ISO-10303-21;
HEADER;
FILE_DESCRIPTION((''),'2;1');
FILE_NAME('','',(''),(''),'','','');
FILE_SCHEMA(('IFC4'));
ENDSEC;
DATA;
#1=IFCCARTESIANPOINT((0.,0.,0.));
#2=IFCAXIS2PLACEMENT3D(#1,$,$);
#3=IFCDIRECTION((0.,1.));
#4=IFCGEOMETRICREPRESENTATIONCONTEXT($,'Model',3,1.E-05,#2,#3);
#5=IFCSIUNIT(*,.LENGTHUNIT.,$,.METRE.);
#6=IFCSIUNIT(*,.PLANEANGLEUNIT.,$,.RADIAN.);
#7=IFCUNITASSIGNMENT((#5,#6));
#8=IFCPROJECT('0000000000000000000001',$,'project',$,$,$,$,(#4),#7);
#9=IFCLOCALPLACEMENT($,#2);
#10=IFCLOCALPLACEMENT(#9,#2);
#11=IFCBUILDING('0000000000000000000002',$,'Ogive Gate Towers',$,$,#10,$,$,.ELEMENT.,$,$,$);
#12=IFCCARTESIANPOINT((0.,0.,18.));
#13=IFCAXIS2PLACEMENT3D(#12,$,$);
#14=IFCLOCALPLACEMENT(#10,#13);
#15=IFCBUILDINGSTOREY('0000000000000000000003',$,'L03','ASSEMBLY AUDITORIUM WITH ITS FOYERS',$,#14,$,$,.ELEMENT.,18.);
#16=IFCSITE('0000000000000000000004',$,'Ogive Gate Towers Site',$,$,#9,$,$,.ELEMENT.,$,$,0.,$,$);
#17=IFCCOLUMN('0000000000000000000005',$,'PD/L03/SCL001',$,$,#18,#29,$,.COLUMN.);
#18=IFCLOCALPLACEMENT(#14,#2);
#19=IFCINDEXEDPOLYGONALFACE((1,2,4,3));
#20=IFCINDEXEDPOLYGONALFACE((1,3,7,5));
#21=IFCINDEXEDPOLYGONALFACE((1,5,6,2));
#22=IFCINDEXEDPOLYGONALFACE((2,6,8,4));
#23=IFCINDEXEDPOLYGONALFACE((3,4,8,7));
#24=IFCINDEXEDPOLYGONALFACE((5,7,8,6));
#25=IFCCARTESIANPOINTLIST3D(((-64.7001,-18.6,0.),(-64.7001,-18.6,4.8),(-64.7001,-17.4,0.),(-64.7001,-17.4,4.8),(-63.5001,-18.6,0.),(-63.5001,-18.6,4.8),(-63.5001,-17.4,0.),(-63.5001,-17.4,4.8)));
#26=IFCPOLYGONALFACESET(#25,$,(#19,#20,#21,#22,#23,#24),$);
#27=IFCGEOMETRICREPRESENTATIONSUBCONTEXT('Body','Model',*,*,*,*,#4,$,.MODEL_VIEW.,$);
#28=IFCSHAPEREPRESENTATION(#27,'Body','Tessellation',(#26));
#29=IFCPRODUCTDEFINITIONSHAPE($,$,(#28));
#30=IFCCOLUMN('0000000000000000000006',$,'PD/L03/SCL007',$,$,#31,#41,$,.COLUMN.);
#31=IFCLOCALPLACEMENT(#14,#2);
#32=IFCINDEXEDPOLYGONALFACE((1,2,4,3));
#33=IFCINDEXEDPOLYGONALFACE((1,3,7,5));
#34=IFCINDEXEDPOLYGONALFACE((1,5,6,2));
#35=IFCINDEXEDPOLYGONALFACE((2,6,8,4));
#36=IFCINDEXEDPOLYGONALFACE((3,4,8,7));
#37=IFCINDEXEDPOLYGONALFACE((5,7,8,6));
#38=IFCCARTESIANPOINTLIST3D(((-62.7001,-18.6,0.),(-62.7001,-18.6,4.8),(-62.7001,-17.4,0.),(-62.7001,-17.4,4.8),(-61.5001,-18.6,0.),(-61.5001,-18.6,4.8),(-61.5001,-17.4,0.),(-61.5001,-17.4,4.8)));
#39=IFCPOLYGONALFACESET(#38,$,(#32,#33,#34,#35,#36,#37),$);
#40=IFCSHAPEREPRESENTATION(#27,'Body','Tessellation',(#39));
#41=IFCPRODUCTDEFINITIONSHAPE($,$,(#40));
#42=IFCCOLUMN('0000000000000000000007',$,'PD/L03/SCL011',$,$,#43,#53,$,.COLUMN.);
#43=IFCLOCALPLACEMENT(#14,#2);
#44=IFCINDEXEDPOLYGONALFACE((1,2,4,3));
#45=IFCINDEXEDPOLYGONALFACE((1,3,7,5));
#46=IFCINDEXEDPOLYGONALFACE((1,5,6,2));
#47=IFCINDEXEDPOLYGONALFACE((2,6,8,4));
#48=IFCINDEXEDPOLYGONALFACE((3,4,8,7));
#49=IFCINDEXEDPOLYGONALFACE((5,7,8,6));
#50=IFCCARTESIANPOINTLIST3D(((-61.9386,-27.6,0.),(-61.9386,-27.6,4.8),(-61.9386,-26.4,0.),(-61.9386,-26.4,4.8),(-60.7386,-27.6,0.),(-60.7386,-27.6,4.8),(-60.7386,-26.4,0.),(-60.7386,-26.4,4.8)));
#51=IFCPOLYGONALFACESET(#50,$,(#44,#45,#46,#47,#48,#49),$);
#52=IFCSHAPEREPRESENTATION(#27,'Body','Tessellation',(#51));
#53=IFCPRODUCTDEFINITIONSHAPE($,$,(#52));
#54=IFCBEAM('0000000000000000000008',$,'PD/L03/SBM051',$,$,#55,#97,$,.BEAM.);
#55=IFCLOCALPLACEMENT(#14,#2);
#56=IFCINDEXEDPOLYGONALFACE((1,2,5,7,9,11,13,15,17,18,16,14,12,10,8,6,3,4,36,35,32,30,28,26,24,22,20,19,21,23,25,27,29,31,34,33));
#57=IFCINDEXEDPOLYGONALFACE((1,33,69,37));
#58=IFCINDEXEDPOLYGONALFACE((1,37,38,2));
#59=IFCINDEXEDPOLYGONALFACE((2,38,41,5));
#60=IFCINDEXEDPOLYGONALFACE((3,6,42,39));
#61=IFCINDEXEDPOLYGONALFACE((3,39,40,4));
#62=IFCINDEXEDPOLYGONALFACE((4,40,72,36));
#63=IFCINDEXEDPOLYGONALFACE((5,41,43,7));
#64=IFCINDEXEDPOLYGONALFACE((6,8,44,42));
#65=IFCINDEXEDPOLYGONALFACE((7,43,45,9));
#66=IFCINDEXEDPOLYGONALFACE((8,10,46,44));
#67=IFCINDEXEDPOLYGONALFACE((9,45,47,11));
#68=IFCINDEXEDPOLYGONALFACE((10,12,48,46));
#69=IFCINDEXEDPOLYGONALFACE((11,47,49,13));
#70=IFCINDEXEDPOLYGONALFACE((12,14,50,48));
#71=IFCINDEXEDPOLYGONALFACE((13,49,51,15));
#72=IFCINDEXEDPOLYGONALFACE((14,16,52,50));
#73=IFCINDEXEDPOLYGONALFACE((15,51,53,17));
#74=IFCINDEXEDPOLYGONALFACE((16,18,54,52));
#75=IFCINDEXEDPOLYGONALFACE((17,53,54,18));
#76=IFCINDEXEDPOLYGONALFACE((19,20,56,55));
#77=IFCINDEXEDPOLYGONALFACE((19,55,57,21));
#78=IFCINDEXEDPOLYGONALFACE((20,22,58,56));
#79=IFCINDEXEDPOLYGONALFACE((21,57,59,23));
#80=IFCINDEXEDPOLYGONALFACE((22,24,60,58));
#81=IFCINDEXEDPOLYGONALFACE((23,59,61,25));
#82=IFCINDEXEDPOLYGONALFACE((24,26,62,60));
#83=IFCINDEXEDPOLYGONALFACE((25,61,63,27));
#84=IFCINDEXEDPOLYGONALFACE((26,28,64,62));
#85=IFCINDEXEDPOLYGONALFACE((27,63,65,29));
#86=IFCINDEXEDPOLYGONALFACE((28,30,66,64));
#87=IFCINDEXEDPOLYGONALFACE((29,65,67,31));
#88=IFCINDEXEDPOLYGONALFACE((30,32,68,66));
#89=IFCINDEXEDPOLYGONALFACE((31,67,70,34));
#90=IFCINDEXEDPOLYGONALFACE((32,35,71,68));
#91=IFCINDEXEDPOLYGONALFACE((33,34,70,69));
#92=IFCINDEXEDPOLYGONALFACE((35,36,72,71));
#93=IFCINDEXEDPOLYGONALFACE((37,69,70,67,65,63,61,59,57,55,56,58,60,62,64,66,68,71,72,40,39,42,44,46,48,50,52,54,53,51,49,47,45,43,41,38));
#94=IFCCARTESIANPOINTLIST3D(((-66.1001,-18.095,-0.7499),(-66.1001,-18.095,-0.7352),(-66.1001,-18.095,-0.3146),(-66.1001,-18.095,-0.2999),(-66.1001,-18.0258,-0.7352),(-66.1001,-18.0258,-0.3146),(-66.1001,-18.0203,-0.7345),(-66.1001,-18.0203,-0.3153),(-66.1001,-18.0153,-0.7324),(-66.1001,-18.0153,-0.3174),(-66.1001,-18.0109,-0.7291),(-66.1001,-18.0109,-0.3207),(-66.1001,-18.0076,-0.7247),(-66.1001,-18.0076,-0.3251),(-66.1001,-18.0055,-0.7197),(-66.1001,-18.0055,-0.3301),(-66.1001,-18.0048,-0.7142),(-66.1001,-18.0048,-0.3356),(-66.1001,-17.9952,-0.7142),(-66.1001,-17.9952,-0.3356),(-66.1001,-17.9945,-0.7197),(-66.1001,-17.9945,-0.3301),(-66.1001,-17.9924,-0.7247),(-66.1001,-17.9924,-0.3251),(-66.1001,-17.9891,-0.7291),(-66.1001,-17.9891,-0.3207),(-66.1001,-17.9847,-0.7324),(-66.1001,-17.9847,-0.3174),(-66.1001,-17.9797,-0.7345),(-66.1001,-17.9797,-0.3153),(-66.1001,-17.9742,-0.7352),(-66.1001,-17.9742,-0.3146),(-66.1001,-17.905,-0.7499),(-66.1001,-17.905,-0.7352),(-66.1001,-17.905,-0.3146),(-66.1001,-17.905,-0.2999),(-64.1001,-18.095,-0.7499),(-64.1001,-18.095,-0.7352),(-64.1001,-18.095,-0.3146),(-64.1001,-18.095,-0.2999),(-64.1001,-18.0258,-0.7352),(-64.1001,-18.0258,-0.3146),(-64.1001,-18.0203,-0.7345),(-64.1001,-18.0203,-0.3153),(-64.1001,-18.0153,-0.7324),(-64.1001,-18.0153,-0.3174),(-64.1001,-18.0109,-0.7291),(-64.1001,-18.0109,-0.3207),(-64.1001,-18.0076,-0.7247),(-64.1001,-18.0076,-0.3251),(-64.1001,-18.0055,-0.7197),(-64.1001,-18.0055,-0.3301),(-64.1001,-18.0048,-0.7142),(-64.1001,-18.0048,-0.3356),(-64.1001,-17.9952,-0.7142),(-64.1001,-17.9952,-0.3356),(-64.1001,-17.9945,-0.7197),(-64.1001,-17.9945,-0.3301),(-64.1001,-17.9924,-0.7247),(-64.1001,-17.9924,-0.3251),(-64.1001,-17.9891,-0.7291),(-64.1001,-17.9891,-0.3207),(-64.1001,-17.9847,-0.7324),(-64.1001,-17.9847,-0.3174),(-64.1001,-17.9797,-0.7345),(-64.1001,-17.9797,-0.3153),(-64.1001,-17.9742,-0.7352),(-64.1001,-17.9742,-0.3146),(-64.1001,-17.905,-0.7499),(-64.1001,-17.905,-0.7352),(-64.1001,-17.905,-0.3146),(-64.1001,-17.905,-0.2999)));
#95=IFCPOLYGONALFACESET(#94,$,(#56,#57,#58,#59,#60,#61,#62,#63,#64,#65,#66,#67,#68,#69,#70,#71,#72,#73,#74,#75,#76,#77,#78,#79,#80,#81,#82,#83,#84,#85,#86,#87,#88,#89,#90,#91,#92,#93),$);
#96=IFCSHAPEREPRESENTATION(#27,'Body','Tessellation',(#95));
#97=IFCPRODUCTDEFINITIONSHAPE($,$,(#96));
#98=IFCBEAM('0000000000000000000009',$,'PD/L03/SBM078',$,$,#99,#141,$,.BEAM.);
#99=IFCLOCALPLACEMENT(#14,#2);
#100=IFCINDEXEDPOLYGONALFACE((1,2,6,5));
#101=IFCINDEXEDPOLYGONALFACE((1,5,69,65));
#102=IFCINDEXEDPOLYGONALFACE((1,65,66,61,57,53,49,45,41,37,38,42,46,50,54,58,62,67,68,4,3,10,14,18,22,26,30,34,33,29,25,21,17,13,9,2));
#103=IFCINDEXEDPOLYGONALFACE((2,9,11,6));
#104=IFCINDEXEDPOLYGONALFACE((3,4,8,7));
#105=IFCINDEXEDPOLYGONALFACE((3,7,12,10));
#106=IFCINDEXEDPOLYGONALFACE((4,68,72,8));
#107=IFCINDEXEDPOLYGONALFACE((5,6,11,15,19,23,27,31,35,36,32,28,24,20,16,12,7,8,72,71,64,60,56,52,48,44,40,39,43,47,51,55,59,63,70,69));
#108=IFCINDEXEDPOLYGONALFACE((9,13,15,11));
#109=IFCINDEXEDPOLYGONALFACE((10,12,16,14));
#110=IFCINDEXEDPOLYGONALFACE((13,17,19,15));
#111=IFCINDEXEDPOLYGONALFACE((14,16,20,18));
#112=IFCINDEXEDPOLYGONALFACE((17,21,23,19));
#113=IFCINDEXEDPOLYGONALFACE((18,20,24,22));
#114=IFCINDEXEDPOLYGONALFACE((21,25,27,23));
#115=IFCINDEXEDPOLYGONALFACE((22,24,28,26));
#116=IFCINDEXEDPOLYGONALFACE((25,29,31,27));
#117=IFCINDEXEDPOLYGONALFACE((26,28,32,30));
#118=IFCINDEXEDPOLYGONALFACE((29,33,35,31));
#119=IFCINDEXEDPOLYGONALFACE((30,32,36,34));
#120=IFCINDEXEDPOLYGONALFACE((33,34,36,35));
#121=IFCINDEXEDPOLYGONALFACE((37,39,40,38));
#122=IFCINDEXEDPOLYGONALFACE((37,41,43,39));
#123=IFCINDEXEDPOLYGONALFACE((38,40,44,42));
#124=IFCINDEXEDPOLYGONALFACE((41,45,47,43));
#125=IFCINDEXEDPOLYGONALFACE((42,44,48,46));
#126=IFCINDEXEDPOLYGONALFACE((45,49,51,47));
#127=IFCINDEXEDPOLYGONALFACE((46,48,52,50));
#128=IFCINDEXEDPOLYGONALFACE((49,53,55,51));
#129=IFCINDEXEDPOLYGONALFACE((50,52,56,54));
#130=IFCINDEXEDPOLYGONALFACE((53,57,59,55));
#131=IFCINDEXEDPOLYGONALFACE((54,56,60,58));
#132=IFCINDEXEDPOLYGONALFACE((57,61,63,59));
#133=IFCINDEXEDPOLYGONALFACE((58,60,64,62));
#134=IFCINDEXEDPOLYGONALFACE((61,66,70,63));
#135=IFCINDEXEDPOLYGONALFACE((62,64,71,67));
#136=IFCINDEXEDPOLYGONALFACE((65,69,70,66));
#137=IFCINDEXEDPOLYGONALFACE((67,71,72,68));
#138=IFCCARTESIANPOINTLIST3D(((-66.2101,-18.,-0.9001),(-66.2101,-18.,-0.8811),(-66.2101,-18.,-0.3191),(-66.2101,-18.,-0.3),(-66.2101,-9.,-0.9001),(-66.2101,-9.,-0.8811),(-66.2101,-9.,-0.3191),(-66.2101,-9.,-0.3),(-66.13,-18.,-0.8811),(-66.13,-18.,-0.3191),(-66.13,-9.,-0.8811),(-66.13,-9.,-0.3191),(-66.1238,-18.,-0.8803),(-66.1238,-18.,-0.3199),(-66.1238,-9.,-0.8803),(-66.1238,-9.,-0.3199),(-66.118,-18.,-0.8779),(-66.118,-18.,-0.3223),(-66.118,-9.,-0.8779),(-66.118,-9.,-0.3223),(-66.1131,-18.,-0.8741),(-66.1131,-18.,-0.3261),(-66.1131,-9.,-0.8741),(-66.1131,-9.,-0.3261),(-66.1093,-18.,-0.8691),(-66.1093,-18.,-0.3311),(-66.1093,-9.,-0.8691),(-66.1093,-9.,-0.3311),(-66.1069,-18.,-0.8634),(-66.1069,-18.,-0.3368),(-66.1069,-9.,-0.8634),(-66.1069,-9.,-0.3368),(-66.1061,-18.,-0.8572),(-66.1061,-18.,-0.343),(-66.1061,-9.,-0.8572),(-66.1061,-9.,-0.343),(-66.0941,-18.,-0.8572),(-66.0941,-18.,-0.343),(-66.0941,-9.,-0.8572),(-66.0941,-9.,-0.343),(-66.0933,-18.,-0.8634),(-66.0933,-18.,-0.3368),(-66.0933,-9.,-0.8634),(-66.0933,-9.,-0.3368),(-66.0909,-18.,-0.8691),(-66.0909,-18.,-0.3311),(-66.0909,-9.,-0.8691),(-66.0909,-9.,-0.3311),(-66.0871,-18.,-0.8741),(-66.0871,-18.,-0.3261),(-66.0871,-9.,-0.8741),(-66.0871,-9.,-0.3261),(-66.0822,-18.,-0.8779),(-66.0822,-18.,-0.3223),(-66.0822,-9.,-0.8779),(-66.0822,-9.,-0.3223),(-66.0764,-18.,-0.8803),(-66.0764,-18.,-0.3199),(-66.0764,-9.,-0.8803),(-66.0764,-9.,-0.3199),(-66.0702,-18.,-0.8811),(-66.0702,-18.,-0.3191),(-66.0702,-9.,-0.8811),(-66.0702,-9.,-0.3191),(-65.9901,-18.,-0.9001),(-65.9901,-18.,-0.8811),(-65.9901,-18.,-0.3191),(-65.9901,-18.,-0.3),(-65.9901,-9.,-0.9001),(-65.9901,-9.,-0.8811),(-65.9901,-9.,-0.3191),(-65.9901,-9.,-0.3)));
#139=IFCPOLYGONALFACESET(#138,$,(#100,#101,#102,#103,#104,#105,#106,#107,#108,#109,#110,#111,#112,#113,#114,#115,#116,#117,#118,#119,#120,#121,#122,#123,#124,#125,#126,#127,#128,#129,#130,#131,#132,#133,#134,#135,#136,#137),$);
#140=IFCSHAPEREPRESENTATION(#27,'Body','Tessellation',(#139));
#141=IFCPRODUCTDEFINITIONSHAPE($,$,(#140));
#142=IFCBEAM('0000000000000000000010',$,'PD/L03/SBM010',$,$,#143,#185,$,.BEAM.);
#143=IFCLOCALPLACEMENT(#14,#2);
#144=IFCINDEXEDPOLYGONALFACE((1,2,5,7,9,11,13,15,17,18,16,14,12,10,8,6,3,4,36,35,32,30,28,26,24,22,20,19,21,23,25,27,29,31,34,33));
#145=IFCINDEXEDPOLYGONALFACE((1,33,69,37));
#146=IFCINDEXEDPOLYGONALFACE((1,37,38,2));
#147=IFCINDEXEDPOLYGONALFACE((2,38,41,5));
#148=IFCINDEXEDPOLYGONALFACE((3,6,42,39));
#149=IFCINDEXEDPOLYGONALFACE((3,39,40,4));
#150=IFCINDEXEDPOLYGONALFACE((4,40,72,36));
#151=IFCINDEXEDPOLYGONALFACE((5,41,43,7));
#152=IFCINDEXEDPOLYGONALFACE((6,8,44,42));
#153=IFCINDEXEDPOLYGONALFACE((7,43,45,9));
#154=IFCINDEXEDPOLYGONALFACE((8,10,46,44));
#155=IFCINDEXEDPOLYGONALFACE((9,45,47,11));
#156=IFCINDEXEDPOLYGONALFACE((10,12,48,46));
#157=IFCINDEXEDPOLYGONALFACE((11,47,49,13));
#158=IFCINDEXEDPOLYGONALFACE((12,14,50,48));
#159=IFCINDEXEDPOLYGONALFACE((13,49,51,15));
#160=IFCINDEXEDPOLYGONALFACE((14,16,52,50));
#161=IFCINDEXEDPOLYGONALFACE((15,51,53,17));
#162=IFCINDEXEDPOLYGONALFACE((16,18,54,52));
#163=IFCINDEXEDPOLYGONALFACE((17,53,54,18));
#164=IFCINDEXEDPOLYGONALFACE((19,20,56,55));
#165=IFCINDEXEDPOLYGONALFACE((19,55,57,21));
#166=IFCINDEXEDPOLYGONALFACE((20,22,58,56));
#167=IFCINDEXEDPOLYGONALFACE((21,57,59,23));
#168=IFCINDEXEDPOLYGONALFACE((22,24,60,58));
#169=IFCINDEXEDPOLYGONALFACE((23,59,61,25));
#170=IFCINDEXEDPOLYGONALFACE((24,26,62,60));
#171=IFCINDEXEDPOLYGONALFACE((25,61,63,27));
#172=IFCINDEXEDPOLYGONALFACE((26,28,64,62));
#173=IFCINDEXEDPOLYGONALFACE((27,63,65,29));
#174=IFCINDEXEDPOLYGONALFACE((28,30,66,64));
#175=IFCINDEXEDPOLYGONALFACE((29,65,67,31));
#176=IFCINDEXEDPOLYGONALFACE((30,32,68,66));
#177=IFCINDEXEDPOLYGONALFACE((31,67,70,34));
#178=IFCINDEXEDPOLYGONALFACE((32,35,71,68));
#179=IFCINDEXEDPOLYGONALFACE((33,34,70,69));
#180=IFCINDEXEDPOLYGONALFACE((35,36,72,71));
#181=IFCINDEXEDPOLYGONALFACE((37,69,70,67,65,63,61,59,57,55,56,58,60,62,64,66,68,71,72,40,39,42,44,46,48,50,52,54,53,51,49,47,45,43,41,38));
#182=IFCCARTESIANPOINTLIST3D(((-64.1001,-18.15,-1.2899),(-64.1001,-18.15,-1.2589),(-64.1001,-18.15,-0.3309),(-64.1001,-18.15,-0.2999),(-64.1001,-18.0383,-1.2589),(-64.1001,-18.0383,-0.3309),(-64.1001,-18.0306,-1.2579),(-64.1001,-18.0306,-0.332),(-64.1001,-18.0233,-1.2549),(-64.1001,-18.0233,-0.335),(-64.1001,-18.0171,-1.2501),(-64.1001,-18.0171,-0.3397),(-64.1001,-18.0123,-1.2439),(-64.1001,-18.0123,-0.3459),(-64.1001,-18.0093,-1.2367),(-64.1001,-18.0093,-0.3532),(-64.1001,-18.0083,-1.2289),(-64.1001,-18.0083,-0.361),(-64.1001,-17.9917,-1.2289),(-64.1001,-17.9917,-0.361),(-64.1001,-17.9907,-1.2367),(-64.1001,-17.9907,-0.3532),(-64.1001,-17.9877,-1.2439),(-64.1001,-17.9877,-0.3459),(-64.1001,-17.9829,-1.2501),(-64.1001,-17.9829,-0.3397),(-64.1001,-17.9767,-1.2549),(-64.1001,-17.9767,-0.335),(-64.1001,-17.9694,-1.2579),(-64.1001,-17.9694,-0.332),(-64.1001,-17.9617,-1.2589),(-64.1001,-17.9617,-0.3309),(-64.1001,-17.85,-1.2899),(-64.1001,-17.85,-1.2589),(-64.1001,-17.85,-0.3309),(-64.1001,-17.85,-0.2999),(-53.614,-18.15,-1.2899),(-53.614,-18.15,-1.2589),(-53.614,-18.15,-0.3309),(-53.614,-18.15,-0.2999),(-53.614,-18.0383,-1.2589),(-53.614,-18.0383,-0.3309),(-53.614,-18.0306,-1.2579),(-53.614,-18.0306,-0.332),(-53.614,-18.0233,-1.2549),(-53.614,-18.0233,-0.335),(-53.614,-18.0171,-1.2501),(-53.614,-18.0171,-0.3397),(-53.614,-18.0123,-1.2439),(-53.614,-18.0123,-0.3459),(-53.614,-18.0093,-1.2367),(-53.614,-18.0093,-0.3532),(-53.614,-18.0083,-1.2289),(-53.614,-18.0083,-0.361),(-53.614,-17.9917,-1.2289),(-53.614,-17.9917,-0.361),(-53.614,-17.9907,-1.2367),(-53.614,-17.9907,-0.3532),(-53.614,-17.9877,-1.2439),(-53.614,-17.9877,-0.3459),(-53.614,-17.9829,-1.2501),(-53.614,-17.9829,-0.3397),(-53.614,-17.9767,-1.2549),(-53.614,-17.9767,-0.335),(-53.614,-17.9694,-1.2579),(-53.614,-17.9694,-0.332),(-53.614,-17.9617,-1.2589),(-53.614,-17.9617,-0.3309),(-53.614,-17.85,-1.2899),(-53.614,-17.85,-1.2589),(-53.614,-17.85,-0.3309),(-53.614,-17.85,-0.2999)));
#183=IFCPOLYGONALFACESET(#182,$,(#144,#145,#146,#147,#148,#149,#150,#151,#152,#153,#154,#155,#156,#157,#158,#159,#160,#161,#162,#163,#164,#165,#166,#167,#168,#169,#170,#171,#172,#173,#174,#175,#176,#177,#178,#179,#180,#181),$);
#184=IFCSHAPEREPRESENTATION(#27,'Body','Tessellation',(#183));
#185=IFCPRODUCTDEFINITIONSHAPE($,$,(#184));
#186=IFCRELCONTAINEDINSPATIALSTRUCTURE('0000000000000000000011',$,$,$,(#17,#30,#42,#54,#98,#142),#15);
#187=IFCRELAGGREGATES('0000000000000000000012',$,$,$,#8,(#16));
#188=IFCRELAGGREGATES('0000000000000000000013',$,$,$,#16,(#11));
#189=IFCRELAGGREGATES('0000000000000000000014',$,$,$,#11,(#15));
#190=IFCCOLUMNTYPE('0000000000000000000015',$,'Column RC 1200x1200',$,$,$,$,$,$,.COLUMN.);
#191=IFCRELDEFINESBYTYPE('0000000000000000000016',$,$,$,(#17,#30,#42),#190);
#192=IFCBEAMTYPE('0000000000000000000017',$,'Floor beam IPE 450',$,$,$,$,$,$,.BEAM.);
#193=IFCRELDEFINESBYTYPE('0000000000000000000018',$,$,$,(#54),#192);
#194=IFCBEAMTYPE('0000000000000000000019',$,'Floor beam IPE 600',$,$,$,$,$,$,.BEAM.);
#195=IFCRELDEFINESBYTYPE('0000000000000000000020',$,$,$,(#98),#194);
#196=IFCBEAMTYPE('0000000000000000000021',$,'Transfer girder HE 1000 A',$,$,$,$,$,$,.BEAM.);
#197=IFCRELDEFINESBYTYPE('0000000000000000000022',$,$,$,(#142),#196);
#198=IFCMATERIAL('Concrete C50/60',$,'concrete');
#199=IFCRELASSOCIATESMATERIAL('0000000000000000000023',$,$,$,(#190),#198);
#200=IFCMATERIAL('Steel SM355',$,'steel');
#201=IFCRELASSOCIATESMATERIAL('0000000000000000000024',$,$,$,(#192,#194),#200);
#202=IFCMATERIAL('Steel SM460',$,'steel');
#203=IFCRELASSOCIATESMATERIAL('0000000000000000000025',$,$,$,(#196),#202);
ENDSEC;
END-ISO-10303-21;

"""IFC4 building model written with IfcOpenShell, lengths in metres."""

from ifc_helpers import new_model, si_unit, direction, frame, origin, origin_2d, place, context, subcontext, project, spatial, rectangle, i_section, extrude, material, material_profile, profile_set, type_object, element, save


model = new_model("IFC4")

# Units and contexts
model_context = context("Model", 3, precision=1e-05, world=origin(), true_north=direction((0.0, 1.0)))
body_context = subcontext(model_context, "Body", "Model", "MODEL_VIEW")
ifc_project = project(units=[si_unit("LENGTHUNIT", "METRE"), si_unit("PLANEANGLEUNIT", "RADIAN")], contexts=[model_context])

# Site, building, storey
site_placement = place(None, origin())
site = spatial("IfcSite", under=ifc_project, at=site_placement, Name="Ogive Gate Towers Site", CompositionType="ELEMENT", RefElevation=0.0)
building_placement = place(site_placement, origin())
building = spatial("IfcBuilding", under=site, at=building_placement, Name="Ogive Gate Towers", CompositionType="ELEMENT")
storey_placement = place(building_placement, frame((0.0, 0.0, 18.0)))
storey = spatial("IfcBuildingStorey", under=building, at=storey_placement, Name="L03", Description="ASSEMBLY AUDITORIUM WITH ITS FOYERS", CompositionType="ELEMENT", Elevation=18.0)

# Columns
ifc_material_1 = material(Name="Concrete C50/60", Category="concrete")
ifc_material_profile_1 = material_profile(ifc_material_1, rectangle(XDim=1.2, YDim=1.2, at=origin_2d()), Name="RC 1200x1200")
ifc_profile_set_1 = profile_set([ifc_material_profile_1], Name="Concrete C50/60")
column_type = type_object("IfcColumnType", Name="Column RC 1200x1200", PredefinedType="COLUMN", material=ifc_profile_set_1)
for number, where, z_axis, x_axis, name in (
    (1, (-64.1001, -18.0, 0.0), (0.0, 0.0, 1.0), (1.0, 0.0, 0.0), "PD/L03/SCL001"),
    (2, (-62.1001, -18.0, 0.0), (0.0, 0.0, 1.0), (1.0, 0.0, 0.0), "PD/L03/SCL007"),
    (3, (-61.3386, -27.0, 0.0), (0.0, 0.0, 1.0), (1.0, 0.0, 0.0), "PD/L03/SCL011"),
):
    element("IfcColumn", number, at=place(storey_placement, frame(where, z_axis=z_axis, x_axis=x_axis)), inside=storey, type_object=column_type, Name=name, PredefinedType="COLUMN", context=body_context, shape_type="SweptSolid", body=[
        extrude(rectangle(XDim=1.2, YDim=1.2, at=origin_2d()), origin(), (0.0, 0.0, 1.0), 4.8),
    ])

# Beams
ifc_material_2 = material(Name="Steel SM355", Category="steel")
ifc_material_profile_2 = material_profile(ifc_material_2, i_section(OverallWidth=0.1899, OverallDepth=0.45, WebThickness=0.0095, FlangeThickness=0.0146, FilletRadius=0.021, at=origin_2d()), Name="IPE 450")
ifc_profile_set_2 = profile_set([ifc_material_profile_2], Name="Steel SM355")
beam_type_1 = type_object("IfcBeamType", Name="Floor beam IPE 450", PredefinedType="BEAM", material=ifc_profile_set_2)
beam_1_placement = place(storey_placement, frame((-66.1001, -18.0, -0.5249), z_axis=(1.0, 0.0, 0.0), x_axis=(0.0, 1.0, 0.0)))
element("IfcBeam", 4, at=beam_1_placement, inside=storey, type_object=beam_type_1, Name="PD/L03/SBM051", PredefinedType="BEAM", context=body_context, shape_type="SweptSolid", body=[
    extrude(i_section(OverallWidth=0.1899, OverallDepth=0.45, WebThickness=0.0095, FlangeThickness=0.0146, FilletRadius=0.021, at=origin_2d()), origin(), (0.0, 0.0, 1.0), 2.0),
])
ifc_material_profile_3 = material_profile(ifc_material_2, i_section(OverallWidth=0.22, OverallDepth=0.6001, WebThickness=0.012, FlangeThickness=0.019, FilletRadius=0.0239, at=origin_2d()), Name="IPE 600")
ifc_profile_set_3 = profile_set([ifc_material_profile_3], Name="Steel SM355")
beam_type_2 = type_object("IfcBeamType", Name="Floor beam IPE 600", PredefinedType="BEAM", material=ifc_profile_set_3)
beam_2_placement = place(storey_placement, frame((-66.1001, -18.0, -0.6001), z_axis=(0.0, 1.0, 0.0), x_axis=(-1.0, 0.0, 0.0)))
element("IfcBeam", 5, at=beam_2_placement, inside=storey, type_object=beam_type_2, Name="PD/L03/SBM078", PredefinedType="BEAM", context=body_context, shape_type="SweptSolid", body=[
    extrude(i_section(OverallWidth=0.22, OverallDepth=0.6001, WebThickness=0.012, FlangeThickness=0.019, FilletRadius=0.0239, at=origin_2d()), origin(), (0.0, 0.0, 1.0), 9.0),
])
ifc_material_3 = material(Name="Steel SM460", Category="steel")
ifc_material_profile_4 = material_profile(ifc_material_3, i_section(OverallWidth=0.3, OverallDepth=0.99, WebThickness=0.0166, FlangeThickness=0.031, FilletRadius=0.03, at=origin_2d()), Name="HE 1000 A")
ifc_profile_set_4 = profile_set([ifc_material_profile_4], Name="Steel SM460")
beam_type_3 = type_object("IfcBeamType", Name="Transfer girder HE 1000 A", PredefinedType="BEAM", material=ifc_profile_set_4)
beam_3_placement = place(storey_placement, frame((-64.1001, -18.0, -0.7949), z_axis=(1.0, 0.0, 0.0), x_axis=(0.0, 1.0, 0.0)))
element("IfcBeam", 6, at=beam_3_placement, inside=storey, type_object=beam_type_3, Name="PD/L03/SBM010", PredefinedType="BEAM", context=body_context, shape_type="SweptSolid", body=[
    extrude(i_section(OverallWidth=0.3, OverallDepth=0.99, WebThickness=0.0166, FlangeThickness=0.031, FilletRadius=0.03, at=origin_2d()), origin(), (0.0, 0.0, 1.0), 10.4861),
])

save(model, "model.ifc")
